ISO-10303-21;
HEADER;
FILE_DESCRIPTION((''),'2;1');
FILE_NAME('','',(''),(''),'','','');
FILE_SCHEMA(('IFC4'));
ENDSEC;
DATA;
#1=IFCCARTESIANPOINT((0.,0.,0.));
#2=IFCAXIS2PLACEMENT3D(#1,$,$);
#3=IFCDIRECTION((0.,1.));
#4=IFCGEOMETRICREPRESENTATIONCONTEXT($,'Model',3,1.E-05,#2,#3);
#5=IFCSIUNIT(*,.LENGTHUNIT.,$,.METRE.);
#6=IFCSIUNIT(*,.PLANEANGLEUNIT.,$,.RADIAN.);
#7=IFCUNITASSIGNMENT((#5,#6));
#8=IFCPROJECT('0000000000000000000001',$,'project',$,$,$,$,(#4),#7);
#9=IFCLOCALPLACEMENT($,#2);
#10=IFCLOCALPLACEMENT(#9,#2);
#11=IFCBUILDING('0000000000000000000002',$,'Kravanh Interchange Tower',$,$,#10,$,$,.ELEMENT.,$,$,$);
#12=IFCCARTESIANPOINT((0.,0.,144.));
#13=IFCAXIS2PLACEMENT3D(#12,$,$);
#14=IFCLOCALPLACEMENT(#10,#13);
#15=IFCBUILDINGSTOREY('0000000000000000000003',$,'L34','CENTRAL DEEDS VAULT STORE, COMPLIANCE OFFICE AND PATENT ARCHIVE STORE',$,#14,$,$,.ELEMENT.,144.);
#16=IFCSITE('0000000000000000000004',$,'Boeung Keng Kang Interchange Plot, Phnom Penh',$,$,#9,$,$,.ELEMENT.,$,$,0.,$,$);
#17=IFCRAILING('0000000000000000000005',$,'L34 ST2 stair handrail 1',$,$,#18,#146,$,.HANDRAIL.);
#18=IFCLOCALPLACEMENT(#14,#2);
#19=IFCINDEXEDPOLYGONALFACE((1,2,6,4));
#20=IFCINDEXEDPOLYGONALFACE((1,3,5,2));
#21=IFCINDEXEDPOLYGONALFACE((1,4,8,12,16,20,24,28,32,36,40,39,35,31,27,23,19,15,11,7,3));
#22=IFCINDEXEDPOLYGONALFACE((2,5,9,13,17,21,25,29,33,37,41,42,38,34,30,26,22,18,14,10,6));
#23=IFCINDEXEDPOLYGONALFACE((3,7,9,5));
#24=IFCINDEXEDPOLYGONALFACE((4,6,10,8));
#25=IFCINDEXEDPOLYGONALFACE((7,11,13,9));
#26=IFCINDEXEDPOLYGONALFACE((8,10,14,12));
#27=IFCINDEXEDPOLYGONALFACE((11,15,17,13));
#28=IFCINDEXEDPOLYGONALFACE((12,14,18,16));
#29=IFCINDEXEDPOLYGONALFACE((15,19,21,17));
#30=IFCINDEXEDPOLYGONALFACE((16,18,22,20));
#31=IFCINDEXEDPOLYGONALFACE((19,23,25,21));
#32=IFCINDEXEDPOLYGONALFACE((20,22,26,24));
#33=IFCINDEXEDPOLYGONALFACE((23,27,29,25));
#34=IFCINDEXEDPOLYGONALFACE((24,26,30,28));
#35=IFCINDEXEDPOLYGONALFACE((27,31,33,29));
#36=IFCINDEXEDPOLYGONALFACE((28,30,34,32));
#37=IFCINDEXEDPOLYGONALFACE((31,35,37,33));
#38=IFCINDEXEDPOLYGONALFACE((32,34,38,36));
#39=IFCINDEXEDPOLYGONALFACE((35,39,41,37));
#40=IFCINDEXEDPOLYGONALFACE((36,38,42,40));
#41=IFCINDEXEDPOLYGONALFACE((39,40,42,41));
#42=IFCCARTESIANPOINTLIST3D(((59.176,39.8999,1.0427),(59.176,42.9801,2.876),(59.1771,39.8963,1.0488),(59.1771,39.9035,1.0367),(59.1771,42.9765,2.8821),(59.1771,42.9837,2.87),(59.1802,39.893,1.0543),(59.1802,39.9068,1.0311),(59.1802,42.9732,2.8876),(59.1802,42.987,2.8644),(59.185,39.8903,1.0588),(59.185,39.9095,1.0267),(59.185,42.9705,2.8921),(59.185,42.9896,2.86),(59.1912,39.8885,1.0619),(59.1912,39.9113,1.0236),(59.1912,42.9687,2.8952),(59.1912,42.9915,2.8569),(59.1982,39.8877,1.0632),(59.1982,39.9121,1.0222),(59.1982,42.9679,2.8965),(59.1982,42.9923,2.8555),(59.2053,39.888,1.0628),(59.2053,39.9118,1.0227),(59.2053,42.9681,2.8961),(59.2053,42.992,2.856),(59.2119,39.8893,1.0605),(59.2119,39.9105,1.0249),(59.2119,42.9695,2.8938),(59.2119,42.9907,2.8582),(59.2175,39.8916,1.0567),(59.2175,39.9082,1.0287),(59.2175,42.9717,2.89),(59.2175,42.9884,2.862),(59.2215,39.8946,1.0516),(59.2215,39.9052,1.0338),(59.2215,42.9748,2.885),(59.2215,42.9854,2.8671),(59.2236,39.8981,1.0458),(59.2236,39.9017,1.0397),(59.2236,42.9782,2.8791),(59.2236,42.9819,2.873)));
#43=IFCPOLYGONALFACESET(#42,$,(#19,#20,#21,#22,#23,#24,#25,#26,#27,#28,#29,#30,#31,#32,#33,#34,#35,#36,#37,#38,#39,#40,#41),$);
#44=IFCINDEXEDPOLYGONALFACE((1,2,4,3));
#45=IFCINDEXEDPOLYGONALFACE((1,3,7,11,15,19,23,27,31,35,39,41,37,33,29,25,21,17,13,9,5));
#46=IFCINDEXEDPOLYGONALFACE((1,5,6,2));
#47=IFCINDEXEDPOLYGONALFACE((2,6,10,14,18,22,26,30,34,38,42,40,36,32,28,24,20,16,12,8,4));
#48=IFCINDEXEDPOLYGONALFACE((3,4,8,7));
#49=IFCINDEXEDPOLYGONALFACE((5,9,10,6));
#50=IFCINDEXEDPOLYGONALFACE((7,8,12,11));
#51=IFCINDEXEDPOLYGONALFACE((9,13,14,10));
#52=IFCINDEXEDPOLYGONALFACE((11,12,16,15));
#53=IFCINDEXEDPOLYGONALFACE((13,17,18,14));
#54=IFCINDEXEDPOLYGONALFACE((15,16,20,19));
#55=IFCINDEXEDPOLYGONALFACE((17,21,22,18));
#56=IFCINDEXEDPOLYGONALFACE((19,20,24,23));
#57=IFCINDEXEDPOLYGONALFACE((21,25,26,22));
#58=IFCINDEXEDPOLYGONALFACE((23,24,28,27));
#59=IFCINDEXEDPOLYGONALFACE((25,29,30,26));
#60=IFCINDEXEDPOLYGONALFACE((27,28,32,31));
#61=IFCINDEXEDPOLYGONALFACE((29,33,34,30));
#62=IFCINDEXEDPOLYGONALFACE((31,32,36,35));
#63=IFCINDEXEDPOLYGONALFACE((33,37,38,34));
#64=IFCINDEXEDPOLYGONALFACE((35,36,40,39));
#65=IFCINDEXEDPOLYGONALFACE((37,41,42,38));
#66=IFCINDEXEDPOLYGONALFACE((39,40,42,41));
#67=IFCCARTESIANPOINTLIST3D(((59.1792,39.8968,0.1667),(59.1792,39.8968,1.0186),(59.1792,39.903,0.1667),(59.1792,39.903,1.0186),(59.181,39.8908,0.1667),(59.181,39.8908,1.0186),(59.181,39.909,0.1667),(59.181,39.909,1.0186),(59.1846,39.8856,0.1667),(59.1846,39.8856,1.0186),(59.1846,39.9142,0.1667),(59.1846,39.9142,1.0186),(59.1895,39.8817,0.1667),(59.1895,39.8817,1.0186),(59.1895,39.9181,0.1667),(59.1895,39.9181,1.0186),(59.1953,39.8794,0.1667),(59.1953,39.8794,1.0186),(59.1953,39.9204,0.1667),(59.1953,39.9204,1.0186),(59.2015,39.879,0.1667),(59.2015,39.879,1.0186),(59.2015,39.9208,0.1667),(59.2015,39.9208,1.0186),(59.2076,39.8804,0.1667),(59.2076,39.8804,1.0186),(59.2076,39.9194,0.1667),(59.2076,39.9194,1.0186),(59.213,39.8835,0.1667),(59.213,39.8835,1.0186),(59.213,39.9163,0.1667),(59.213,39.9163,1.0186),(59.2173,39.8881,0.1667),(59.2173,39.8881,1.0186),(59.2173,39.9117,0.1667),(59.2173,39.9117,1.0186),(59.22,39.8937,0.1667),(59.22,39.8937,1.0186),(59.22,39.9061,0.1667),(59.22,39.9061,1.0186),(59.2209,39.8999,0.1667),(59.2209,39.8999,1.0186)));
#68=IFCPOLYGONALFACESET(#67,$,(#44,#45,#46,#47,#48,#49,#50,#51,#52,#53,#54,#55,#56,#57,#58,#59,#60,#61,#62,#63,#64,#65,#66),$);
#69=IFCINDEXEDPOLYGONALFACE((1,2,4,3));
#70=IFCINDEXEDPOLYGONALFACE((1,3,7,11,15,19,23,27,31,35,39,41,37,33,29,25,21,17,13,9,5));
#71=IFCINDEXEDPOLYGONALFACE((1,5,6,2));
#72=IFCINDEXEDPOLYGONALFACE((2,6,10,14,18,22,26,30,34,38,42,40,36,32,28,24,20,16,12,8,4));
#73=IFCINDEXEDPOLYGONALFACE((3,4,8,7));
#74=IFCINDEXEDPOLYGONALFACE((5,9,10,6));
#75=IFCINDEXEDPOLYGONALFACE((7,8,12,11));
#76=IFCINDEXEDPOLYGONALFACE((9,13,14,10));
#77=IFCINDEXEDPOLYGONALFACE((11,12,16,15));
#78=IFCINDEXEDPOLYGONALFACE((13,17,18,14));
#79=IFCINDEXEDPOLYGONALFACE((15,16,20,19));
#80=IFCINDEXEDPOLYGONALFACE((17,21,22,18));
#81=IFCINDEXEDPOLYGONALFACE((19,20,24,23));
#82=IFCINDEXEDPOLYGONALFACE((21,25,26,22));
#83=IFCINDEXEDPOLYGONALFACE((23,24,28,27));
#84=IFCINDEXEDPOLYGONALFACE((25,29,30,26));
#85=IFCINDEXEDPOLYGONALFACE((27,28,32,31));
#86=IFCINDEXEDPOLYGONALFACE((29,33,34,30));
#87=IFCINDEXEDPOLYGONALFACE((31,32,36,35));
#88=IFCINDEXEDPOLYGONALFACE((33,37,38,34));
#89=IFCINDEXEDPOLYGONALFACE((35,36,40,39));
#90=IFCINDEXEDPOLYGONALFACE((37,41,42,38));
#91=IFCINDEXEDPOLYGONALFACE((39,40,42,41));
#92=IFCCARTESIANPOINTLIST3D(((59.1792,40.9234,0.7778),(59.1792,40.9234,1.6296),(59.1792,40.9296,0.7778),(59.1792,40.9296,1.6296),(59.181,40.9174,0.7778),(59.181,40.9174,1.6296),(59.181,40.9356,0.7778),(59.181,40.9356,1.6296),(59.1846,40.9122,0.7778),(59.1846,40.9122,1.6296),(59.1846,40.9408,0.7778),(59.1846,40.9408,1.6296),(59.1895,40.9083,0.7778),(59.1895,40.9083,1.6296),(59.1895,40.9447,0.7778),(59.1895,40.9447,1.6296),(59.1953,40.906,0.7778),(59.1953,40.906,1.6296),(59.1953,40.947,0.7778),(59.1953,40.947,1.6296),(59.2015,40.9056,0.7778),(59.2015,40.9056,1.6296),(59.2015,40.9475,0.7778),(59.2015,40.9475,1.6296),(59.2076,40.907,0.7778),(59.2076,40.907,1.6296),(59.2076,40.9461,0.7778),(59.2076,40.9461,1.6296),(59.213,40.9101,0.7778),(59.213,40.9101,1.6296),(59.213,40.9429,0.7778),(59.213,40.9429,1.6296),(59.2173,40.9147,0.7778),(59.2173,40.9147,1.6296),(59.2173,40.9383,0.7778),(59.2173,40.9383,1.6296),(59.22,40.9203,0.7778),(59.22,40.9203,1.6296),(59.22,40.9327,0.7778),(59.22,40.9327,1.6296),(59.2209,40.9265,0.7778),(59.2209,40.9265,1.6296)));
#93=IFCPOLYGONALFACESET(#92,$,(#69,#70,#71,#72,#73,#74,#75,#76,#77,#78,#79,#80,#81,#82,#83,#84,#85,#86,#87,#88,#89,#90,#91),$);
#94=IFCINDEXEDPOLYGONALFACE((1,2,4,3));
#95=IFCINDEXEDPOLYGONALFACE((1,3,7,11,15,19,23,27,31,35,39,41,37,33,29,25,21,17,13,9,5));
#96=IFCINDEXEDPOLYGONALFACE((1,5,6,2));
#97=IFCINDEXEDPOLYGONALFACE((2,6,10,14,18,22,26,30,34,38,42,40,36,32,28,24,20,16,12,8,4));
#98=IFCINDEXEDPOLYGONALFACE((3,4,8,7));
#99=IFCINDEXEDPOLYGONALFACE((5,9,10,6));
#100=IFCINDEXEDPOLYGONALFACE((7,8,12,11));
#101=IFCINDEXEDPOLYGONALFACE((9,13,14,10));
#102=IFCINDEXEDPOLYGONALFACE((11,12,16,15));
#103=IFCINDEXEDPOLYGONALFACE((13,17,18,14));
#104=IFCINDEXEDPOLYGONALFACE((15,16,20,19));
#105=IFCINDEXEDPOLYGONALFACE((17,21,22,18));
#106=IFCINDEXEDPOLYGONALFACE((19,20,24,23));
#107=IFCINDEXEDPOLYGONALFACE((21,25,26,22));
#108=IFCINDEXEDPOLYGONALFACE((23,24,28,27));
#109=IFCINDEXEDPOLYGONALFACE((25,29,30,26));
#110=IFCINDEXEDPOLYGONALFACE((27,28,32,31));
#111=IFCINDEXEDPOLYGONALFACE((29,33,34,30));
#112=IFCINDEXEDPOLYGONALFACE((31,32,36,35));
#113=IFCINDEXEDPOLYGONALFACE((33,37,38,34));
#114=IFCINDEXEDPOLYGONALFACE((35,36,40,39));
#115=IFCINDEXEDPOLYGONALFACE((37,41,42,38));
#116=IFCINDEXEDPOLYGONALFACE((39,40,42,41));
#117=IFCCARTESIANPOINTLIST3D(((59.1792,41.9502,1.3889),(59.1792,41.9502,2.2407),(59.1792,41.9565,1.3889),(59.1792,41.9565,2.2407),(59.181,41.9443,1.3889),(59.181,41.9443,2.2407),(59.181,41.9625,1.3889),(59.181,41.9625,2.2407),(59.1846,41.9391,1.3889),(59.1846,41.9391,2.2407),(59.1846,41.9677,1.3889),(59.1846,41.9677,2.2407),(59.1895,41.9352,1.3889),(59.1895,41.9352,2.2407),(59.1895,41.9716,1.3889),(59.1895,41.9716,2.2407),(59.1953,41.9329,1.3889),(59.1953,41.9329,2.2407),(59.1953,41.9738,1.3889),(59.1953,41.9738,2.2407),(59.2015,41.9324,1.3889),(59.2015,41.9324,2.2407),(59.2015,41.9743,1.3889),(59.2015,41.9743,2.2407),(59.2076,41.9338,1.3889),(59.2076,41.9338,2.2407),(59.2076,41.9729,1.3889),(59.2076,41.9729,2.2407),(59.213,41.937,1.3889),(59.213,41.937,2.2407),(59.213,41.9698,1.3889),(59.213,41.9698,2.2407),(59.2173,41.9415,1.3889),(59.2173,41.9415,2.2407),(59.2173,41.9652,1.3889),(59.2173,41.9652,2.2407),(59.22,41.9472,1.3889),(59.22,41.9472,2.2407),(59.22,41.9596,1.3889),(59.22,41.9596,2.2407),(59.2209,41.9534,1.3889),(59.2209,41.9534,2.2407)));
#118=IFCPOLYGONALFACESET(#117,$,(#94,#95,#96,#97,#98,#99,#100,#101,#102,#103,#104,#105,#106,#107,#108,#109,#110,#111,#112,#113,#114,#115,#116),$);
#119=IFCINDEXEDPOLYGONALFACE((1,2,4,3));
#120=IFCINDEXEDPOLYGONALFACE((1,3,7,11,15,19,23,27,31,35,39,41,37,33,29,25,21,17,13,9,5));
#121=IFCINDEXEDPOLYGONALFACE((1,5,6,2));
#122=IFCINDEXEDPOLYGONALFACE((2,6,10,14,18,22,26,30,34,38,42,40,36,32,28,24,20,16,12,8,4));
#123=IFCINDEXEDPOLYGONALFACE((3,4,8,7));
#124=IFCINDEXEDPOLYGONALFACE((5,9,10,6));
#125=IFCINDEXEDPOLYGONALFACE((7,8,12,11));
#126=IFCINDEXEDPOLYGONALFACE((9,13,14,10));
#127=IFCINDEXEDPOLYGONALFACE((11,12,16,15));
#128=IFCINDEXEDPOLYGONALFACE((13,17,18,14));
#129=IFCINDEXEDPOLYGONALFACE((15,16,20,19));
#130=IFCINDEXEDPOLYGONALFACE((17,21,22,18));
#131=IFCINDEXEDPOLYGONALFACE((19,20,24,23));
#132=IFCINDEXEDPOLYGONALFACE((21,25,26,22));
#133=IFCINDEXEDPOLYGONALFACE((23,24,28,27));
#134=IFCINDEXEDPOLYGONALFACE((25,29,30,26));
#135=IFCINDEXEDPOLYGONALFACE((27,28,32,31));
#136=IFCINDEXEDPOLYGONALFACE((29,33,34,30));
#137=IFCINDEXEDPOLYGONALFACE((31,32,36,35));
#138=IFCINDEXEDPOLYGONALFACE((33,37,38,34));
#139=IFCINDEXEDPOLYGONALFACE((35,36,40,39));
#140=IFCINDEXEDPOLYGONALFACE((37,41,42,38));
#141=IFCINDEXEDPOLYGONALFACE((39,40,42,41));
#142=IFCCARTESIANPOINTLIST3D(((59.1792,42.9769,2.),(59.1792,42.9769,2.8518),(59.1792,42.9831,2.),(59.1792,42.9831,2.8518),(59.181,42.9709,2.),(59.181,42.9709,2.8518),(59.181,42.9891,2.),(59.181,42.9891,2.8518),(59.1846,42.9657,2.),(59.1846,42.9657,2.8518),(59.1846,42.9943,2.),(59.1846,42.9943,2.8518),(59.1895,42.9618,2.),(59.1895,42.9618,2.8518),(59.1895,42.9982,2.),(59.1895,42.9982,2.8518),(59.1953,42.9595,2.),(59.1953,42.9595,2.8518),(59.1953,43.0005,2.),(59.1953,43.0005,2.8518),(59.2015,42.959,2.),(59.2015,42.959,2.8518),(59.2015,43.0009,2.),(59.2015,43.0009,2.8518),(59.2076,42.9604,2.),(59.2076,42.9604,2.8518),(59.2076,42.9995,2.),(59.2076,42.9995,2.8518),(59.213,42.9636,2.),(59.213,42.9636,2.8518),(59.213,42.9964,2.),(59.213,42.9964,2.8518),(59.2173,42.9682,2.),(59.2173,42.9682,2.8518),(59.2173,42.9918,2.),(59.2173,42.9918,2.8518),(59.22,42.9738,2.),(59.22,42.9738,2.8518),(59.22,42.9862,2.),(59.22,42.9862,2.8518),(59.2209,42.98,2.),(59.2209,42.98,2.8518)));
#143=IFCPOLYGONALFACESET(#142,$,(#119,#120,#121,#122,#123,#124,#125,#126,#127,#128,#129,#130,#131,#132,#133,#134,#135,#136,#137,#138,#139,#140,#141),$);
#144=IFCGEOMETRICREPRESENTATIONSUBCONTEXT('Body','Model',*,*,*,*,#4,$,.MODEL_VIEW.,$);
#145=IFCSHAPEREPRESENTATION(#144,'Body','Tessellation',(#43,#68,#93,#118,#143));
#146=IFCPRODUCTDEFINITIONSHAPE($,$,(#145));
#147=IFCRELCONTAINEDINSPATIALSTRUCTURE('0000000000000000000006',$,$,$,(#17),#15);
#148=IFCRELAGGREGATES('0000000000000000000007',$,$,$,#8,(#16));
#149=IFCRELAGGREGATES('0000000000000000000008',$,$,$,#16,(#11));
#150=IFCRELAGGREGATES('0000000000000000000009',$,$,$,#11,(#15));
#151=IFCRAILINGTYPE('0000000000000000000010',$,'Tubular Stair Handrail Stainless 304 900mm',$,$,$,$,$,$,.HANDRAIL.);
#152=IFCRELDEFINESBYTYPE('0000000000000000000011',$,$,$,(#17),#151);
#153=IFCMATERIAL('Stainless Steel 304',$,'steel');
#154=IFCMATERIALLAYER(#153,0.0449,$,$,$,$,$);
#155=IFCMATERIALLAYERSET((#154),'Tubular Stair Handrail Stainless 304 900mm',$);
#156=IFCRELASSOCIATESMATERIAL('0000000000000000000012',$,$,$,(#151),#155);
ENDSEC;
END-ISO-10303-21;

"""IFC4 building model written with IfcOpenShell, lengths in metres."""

from ifc_helpers import new_model, si_unit, direction, frame, origin, origin_2d, place, context, subcontext, project, spatial, circle, extrude, material, layer, layer_set, type_object, element, save


model = new_model("IFC4")

# Units and contexts
model_context = context("Model", 3, precision=1e-05, world=origin(), true_north=direction((0.0, 1.0)))
body_context = subcontext(model_context, "Body", "Model", "MODEL_VIEW")
ifc_project = project(units=[si_unit("LENGTHUNIT", "METRE"), si_unit("PLANEANGLEUNIT", "RADIAN")], contexts=[model_context])

# Site, building, storey
site_placement = place(None, origin())
site = spatial("IfcSite", under=ifc_project, at=site_placement, Name="Boeung Keng Kang Interchange Plot, Phnom Penh", CompositionType="ELEMENT", RefElevation=0.0)
building_placement = place(site_placement, origin())
building = spatial("IfcBuilding", under=site, at=building_placement, Name="Kravanh Interchange Tower", CompositionType="ELEMENT")
storey_placement = place(building_placement, frame((0.0, 0.0, 144.0)))
storey = spatial("IfcBuildingStorey", under=building, at=storey_placement, Name="L34", Description="CENTRAL DEEDS VAULT STORE, COMPLIANCE OFFICE AND PATENT ARCHIVE STORE", CompositionType="ELEMENT", Elevation=144.0)

# Railing
ifc_material_1 = material(Name="Stainless Steel 304", Category="steel")
ifc_layer_1 = layer(ifc_material_1, 0.0449)
ifc_layer_set_1 = layer_set([ifc_layer_1], Name="Tubular Stair Handrail Stainless 304 900mm")
railing_type_1 = type_object("IfcRailingType", Name="Tubular Stair Handrail Stainless 304 900mm", PredefinedType="HANDRAIL", material=ifc_layer_set_1)
railing_1_placement = place(storey_placement, frame((59.2, 39.8999, 0.1667)))
element("IfcRailing", 1, at=railing_1_placement, inside=storey, type_object=railing_type_1, Name="L34 ST2 stair handrail 1", PredefinedType="HANDRAIL", context=body_context, shape_type="SweptSolid", body=[
    extrude(circle(Radius=0.0239, at=origin_2d()), frame((0.0, 0.0, 0.876), z_axis=(0.0, 0.859309, 0.511458), x_axis=(-1.0, 0.0, 0.0)), (0.0, 0.0, 1.0), 3.5845),
    extrude(circle(Radius=0.021, at=origin_2d()), origin(), (0.0, 0.0, 1.0), 0.8518),
    extrude(circle(Radius=0.021, at=origin_2d()), frame((0.0, 1.0266, 0.6111)), (0.0, 0.0, 1.0), 0.8518),
    extrude(circle(Radius=0.021, at=origin_2d()), frame((0.0, 2.0535, 1.2222)), (0.0, 0.0, 1.0), 0.8518),
    extrude(circle(Radius=0.021, at=origin_2d()), frame((0.0, 3.0801, 1.8333)), (0.0, 0.0, 1.0), 0.8518),
])

save(model, "model.ifc")
